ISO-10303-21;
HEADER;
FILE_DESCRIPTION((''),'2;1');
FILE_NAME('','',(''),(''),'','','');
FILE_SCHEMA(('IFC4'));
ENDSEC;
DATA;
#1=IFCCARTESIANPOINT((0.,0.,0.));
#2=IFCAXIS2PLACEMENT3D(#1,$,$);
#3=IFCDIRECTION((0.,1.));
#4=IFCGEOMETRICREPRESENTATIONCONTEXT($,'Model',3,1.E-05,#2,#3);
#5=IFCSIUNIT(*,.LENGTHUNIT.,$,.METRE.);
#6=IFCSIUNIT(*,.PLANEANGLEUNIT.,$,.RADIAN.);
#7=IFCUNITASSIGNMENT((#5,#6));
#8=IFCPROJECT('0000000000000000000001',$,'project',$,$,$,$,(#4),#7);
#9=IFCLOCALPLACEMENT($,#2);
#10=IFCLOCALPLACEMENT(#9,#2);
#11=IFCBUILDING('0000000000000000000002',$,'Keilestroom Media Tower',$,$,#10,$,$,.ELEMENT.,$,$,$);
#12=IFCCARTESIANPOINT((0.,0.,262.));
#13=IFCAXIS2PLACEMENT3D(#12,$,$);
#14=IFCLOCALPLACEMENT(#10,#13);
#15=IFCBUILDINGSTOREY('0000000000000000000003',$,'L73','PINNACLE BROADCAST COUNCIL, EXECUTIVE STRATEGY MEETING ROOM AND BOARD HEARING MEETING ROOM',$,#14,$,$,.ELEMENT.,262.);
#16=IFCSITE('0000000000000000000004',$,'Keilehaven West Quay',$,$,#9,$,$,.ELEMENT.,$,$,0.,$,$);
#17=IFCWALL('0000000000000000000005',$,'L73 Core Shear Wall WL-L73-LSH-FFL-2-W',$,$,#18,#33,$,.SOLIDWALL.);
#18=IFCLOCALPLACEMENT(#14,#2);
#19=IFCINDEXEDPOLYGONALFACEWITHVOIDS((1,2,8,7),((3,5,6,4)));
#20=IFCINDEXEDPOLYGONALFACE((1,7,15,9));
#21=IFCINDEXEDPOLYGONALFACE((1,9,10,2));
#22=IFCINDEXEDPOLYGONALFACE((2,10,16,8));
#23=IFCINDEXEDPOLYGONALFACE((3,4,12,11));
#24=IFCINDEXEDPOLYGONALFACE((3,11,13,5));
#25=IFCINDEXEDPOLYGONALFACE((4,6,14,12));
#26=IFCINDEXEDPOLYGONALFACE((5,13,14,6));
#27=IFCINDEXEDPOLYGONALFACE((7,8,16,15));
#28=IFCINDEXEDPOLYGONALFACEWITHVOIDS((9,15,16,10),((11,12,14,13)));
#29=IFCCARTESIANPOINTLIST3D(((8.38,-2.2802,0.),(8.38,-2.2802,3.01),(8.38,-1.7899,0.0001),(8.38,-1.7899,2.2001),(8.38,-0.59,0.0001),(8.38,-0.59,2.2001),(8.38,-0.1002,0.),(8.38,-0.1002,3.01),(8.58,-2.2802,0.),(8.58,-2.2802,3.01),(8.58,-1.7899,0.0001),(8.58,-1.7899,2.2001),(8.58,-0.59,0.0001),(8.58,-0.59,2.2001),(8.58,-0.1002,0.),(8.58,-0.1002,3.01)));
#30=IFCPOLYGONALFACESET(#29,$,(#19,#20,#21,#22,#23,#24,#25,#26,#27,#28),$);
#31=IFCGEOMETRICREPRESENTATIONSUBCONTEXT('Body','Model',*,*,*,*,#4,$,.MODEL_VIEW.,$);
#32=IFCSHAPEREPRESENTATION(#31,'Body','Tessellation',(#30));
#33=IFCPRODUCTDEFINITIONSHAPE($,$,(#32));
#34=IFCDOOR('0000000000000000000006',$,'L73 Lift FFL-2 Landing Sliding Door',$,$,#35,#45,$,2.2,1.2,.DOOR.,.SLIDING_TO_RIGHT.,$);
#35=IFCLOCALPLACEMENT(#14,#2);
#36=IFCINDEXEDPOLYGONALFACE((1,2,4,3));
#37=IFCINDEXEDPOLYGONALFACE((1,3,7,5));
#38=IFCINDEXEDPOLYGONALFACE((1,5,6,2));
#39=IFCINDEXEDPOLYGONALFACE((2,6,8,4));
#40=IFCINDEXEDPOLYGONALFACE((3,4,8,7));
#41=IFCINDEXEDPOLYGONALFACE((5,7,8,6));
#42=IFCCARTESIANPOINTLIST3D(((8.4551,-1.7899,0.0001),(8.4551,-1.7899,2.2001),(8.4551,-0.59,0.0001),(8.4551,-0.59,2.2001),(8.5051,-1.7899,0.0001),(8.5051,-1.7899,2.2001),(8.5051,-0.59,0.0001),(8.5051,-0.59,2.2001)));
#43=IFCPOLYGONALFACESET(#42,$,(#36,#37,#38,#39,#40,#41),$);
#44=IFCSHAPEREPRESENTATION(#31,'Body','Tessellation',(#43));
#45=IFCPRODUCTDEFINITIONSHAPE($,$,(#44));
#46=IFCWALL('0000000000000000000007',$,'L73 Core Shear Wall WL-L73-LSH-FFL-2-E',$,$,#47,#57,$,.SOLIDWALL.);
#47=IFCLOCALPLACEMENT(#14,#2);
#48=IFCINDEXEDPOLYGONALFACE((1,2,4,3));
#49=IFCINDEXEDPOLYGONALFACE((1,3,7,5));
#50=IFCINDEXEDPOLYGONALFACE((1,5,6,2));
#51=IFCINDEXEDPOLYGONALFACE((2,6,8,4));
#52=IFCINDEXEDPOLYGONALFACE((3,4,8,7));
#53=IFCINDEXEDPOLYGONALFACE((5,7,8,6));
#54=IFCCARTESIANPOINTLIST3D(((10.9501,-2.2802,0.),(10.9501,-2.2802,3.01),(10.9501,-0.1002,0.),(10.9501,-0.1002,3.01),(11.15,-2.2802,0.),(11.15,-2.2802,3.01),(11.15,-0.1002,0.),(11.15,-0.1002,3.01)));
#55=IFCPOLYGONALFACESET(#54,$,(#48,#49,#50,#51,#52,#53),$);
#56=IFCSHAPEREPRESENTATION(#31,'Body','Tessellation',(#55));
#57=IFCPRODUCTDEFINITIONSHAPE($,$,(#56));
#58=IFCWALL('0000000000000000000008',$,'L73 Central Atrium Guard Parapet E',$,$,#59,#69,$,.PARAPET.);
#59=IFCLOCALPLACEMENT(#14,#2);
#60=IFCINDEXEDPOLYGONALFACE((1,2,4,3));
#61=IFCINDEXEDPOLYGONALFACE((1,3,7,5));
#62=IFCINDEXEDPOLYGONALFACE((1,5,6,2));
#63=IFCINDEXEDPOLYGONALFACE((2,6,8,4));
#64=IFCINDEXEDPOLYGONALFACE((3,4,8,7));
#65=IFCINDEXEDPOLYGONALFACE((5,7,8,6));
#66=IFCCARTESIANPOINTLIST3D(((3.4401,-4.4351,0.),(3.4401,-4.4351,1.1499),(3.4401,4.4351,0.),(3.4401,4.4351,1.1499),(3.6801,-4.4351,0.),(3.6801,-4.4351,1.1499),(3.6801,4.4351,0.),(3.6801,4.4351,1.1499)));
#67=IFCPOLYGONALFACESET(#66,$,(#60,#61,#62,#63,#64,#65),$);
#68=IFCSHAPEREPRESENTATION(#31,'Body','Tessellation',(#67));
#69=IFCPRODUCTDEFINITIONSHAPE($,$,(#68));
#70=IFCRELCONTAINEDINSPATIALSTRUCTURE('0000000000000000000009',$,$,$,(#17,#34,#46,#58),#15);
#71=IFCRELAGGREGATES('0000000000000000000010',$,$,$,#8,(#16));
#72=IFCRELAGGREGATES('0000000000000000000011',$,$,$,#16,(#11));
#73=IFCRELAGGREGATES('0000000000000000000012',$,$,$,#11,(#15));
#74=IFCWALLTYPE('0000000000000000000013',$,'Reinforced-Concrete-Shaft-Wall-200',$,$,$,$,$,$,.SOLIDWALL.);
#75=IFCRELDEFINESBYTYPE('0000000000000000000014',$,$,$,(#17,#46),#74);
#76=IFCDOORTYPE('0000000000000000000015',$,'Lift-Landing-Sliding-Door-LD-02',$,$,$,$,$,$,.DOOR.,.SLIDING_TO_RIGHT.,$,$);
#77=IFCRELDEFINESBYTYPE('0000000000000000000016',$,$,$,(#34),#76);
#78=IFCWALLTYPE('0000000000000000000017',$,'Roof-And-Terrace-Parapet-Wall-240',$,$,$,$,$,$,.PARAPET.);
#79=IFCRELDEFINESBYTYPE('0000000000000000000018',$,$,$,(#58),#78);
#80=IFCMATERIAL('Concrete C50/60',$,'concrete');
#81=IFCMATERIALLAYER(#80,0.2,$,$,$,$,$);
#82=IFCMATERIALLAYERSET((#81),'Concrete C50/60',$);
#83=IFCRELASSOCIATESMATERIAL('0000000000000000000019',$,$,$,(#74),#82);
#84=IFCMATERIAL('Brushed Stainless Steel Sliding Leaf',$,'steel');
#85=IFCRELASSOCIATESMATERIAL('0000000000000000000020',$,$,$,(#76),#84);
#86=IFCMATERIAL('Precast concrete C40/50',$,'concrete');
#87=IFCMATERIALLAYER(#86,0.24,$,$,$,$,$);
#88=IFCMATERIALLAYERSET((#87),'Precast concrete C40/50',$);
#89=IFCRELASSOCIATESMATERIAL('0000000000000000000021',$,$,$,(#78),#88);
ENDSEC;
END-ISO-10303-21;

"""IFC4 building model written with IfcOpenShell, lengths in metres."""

from ifc_helpers import new_model, si_unit, direction, frame, frame_2d, origin, place, context, subcontext, project, spatial, rectangle, extrude, source, transform, mapped, material, layer, layer_set, type_object, element, fill, save


model = new_model("IFC4")

# Units and contexts
model_context = context("Model", 3, precision=1e-05, world=origin(), true_north=direction((0.0, 1.0)))
body_context = subcontext(model_context, "Body", "Model", "MODEL_VIEW")
ifc_project = project(units=[si_unit("LENGTHUNIT", "METRE"), si_unit("PLANEANGLEUNIT", "RADIAN")], contexts=[model_context])

# Site, building, storey
site_placement = place(None, origin())
site = spatial("IfcSite", under=ifc_project, at=site_placement, Name="Keilehaven West Quay", CompositionType="ELEMENT", RefElevation=0.0)
building_placement = place(site_placement, origin())
building = spatial("IfcBuilding", under=site, at=building_placement, Name="Keilestroom Media Tower", CompositionType="ELEMENT")
storey_placement = place(building_placement, frame((0.0, 0.0, 262.0)))
storey = spatial("IfcBuildingStorey", under=building, at=storey_placement, Name="L73", Description="PINNACLE BROADCAST COUNCIL, EXECUTIVE STRATEGY MEETING ROOM AND BOARD HEARING MEETING ROOM", CompositionType="ELEMENT", Elevation=262.0)

# Shared definitions
ifc_material_1 = material(Name="Concrete C50/60", Category="concrete")

# Shared definitions
shared_shape_1 = source(origin(), body_context, "Body", "SweptSolid", [
    extrude(rectangle(XDim=1.2, YDim=2.2, at=frame_2d((0.6001, 1.1001))), frame((0.0, 0.0249, 0.0), z_axis=(0.0, -1.0, 0.0), x_axis=(1.0, 0.0, 0.0)), (0.0, 0.0, 1.0), 0.05),
])

# Shared definitions
ifc_layer_1 = layer(ifc_material_1, 0.2)
ifc_layer_set_1 = layer_set([ifc_layer_1], Name="Concrete C50/60")
wall_type_1 = type_object("IfcWallType", Name="Reinforced-Concrete-Shaft-Wall-200", PredefinedType="SOLIDWALL", material=ifc_layer_set_1)

# Wall, opening, door
wall_1_placement = place(storey_placement, frame((8.48, -2.28, 0.0), z_axis=(0.0, 0.0, 1.0), x_axis=(0.0, 1.0, 0.0)))
wall_1 = element("IfcWall", 1, at=wall_1_placement, inside=storey, type_object=wall_type_1, Name="L73 Core Shear Wall WL-L73-LSH-FFL-2-W", PredefinedType="SOLIDWALL", context=body_context, shape_type="SweptSolid", body=[
    extrude(rectangle(XDim=2.1799, YDim=0.2, at=frame_2d((1.0898, 0.0))), origin(), (0.0, 0.0, 1.0), 3.01),
])
opening_1_placement = place(wall_1_placement, frame((0.49, 0.0, 0.0)))
opening_1 = element("IfcOpeningElement", 2, at=opening_1_placement, cuts=wall_1, PredefinedType="OPENING", context=body_context, shape_type="SweptSolid", body=[
    extrude(rectangle(XDim=1.2, YDim=2.2, at=frame_2d((0.6001, 1.1001))), frame((0.0, 0.1099, 0.0), z_axis=(0.0, -1.0, 0.0), x_axis=(1.0, 0.0, 0.0)), (0.0, 0.0, 1.0), 0.22),
])
ifc_material_2 = material(Name="Brushed Stainless Steel Sliding Leaf", Category="steel")
door_type_1 = type_object("IfcDoorType", Name="Lift-Landing-Sliding-Door-LD-02", OperationType="SLIDING_TO_RIGHT", PredefinedType="DOOR", material=ifc_material_2)
door_1_placement = place(opening_1_placement, origin())
door_1 = element("IfcDoor", 3, at=door_1_placement, inside=storey, type_object=door_type_1, Name="L73 Lift FFL-2 Landing Sliding Door", OperationType="SLIDING_TO_RIGHT", OverallHeight=2.2, OverallWidth=1.2, PredefinedType="DOOR", context=body_context, shape_type="MappedRepresentation", body=[
    mapped(shared_shape_1, transform((0.0, 0.0, 0.0), x_axis=(1.0, 0.0, 0.0), y_axis=(0.0, 1.0, 0.0), z_axis=(0.0, 0.0, 1.0), scale=1.0)),
])
fill(opening_1, door_1)

# Walls
wall_2_placement = place(storey_placement, frame((11.05, -2.28, 0.0), z_axis=(0.0, 0.0, 1.0), x_axis=(0.0, 1.0, 0.0)))
element("IfcWall", 4, at=wall_2_placement, inside=storey, type_object=wall_type_1, Name="L73 Core Shear Wall WL-L73-LSH-FFL-2-E", PredefinedType="SOLIDWALL", context=body_context, shape_type="SweptSolid", body=[
    extrude(rectangle(XDim=2.1799, YDim=0.2, at=frame_2d((1.0898, 0.0))), origin(), (0.0, 0.0, 1.0), 3.01),
])
ifc_material_3 = material(Name="Precast concrete C40/50", Category="concrete")
ifc_layer_2 = layer(ifc_material_3, 0.24)
ifc_layer_set_2 = layer_set([ifc_layer_2], Name="Precast concrete C40/50")
wall_type_2 = type_object("IfcWallType", Name="Roof-And-Terrace-Parapet-Wall-240", PredefinedType="PARAPET", material=ifc_layer_set_2)
wall_3_placement = place(storey_placement, frame((3.5601, -4.4351, 0.0), z_axis=(0.0, 0.0, 1.0), x_axis=(0.0, 1.0, 0.0)))
element("IfcWall", 5, at=wall_3_placement, inside=storey, type_object=wall_type_2, Name="L73 Central Atrium Guard Parapet E", PredefinedType="PARAPET", context=body_context, shape_type="SweptSolid", body=[
    extrude(rectangle(XDim=8.8701, YDim=0.24, at=frame_2d((4.4351, 0.0))), origin(), (0.0, 0.0, 1.0), 1.1499),
])

save(model, "model.ifc")
